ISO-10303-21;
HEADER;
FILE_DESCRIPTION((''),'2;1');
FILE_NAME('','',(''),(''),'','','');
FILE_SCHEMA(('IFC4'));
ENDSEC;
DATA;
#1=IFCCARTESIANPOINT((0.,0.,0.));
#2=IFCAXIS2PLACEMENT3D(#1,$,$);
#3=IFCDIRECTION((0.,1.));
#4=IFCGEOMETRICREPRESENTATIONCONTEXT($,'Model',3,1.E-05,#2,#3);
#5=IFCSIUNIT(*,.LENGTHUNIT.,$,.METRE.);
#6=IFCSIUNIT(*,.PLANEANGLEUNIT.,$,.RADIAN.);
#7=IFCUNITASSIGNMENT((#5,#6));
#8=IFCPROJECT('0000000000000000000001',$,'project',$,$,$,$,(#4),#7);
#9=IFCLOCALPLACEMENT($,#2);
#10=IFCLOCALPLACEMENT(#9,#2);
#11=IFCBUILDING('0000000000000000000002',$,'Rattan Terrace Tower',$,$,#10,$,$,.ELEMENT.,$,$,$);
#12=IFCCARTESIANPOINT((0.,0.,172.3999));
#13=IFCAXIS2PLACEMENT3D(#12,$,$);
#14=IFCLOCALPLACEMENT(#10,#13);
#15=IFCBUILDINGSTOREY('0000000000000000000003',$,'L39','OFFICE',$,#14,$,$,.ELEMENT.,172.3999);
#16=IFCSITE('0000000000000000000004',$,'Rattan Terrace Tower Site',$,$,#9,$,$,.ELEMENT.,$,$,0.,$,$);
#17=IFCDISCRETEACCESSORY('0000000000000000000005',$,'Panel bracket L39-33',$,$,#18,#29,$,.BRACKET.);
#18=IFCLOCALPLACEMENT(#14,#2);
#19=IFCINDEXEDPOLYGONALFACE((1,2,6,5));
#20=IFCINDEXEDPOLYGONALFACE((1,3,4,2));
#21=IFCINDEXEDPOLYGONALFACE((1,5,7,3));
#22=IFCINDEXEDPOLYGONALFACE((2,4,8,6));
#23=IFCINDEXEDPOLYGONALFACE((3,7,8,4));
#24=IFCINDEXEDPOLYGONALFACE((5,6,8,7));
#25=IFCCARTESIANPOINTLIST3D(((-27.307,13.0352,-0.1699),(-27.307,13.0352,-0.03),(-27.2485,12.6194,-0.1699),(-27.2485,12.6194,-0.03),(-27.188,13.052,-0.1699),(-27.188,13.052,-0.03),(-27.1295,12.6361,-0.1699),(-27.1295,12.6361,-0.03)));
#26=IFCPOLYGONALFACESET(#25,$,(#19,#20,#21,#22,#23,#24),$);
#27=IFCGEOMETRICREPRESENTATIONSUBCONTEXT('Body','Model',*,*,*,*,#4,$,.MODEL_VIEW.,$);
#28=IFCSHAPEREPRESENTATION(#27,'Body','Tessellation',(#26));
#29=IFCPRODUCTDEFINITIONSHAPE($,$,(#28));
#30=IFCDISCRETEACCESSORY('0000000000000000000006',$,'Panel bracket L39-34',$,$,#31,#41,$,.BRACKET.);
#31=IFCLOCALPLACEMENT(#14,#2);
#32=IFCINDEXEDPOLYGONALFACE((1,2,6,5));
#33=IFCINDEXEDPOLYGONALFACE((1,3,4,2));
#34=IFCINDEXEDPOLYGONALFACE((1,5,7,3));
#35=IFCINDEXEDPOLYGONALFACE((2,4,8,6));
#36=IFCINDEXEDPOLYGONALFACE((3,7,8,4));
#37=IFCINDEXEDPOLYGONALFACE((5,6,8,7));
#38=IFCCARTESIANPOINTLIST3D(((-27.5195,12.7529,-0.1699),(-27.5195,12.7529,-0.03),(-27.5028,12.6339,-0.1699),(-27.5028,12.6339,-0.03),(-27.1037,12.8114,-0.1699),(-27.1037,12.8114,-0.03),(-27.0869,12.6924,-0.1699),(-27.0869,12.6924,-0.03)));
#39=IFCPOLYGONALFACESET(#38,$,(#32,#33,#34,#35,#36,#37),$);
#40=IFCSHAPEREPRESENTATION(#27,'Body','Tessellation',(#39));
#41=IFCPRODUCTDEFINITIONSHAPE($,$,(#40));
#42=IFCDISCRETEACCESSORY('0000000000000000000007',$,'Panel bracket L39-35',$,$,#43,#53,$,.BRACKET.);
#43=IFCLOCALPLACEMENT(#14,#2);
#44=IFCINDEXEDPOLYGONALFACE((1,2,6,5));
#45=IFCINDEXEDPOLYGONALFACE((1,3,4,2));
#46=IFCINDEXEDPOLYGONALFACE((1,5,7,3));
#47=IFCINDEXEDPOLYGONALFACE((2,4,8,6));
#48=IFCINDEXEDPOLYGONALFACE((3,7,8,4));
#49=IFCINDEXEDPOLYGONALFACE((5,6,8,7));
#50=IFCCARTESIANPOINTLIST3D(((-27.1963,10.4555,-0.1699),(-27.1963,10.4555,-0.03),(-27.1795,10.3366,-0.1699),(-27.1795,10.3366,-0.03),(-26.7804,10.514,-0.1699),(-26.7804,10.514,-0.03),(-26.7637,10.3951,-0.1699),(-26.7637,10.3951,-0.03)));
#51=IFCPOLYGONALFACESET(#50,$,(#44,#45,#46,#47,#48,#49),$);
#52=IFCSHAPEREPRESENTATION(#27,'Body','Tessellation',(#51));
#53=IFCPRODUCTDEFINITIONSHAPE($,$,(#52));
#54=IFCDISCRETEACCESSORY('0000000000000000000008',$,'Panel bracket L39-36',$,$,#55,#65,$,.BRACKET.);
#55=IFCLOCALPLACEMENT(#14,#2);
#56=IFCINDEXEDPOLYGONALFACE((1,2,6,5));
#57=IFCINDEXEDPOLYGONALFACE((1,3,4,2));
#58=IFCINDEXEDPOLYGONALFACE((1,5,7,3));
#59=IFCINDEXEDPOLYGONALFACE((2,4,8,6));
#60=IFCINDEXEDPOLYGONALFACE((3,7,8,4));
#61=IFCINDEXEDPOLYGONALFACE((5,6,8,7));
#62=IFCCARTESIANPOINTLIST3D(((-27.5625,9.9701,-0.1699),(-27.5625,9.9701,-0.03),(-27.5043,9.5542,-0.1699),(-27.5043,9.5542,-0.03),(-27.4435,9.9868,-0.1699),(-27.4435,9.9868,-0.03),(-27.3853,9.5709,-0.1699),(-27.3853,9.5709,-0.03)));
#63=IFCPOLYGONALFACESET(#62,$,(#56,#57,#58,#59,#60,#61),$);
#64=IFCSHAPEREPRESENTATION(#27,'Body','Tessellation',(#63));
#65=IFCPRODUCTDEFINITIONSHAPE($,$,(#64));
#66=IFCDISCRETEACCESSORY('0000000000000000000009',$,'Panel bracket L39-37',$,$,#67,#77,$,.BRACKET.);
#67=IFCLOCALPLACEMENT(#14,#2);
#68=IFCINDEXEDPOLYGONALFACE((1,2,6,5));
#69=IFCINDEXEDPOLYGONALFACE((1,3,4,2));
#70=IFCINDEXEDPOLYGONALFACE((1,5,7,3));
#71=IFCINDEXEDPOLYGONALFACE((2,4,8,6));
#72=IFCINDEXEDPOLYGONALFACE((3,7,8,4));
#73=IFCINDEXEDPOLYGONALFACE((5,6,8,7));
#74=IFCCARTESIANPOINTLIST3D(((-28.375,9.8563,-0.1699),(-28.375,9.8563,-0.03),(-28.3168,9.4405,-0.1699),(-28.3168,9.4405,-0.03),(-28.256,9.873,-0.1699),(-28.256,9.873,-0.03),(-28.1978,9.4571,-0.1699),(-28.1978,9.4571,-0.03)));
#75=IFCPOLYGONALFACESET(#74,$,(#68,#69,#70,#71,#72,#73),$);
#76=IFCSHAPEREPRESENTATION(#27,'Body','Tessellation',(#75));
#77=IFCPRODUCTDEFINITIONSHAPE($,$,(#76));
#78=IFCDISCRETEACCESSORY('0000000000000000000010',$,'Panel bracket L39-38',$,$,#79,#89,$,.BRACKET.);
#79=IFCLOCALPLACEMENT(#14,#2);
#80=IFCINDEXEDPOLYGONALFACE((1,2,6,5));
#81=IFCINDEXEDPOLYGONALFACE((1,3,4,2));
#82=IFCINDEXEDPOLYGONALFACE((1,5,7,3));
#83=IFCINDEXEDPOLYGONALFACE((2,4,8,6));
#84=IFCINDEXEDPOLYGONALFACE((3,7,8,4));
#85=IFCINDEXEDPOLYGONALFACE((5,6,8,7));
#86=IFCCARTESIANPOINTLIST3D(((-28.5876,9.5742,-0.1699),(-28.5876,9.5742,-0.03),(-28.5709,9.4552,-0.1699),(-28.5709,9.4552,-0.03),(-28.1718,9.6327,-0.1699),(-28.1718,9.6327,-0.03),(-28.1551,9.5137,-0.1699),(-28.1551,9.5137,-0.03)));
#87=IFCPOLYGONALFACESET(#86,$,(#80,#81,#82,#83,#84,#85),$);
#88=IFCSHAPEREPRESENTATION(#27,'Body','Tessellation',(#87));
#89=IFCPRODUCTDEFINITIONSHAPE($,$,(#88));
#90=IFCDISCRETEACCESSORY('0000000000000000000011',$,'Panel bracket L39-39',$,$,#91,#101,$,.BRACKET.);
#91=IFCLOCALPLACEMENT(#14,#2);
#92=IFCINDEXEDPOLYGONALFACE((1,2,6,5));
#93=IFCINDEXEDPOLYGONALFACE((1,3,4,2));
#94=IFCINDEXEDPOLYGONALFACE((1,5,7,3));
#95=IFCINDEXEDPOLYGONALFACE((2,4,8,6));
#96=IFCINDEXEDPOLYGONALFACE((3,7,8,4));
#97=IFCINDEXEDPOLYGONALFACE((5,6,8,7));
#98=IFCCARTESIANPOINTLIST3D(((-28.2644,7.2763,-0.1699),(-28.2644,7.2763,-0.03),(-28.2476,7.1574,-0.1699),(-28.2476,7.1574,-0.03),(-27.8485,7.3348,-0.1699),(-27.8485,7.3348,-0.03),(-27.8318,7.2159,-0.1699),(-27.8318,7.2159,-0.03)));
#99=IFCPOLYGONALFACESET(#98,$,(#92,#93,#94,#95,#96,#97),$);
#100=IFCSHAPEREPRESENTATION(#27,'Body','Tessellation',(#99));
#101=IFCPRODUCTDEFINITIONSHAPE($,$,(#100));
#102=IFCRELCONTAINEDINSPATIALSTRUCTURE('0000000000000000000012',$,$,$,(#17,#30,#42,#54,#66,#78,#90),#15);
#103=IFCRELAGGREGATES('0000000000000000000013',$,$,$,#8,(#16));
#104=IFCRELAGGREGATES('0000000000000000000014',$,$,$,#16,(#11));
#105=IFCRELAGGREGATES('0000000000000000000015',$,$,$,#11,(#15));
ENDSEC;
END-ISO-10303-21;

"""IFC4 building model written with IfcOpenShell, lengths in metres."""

from ifc_helpers import new_model, si_unit, direction, frame, origin, origin_2d, place, context, subcontext, project, spatial, rectangle, extrude, element, save


model = new_model("IFC4")

# Units and contexts
model_context = context("Model", 3, precision=1e-05, world=origin(), true_north=direction((0.0, 1.0)))
body_context = subcontext(model_context, "Body", "Model", "MODEL_VIEW")
ifc_project = project(units=[si_unit("LENGTHUNIT", "METRE"), si_unit("PLANEANGLEUNIT", "RADIAN")], contexts=[model_context])

# Site, building, storey
site_placement = place(None, origin())
site = spatial("IfcSite", under=ifc_project, at=site_placement, Name="Rattan Terrace Tower Site", CompositionType="ELEMENT", RefElevation=0.0)
building_placement = place(site_placement, origin())
building = spatial("IfcBuilding", under=site, at=building_placement, Name="Rattan Terrace Tower", CompositionType="ELEMENT")
storey_placement = place(building_placement, frame((0.0, 0.0, 172.3999)))
storey = spatial("IfcBuildingStorey", under=building, at=storey_placement, Name="L39", Description="OFFICE", CompositionType="ELEMENT", Elevation=172.3999)

# Discrete accessories
for number, where, z_axis, x_axis, name in (
    (1, (-27.2183, 12.8357, -0.1699), (0.0, 0.0, 1.0), (-0.990247, -0.139321, 0.0), "Panel bracket L39-33"),
    (2, (-27.3032, 12.7227, -0.1699), (0.0, 0.0, 1.0), (0.139321, -0.990247, 0.0), "Panel bracket L39-34"),
    (3, (-26.98, 10.4253, -0.1699), (0.0, 0.0, 1.0), (0.139321, -0.990247, 0.0), "Panel bracket L39-35"),
    (4, (-27.4739, 9.7705, -0.1699), (0.0, 0.0, 1.0), (-0.990345, -0.138622, 0.0), "Panel bracket L39-36"),
    (5, (-28.2864, 9.6567, -0.1699), (0.0, 0.0, 1.0), (-0.990345, -0.138622, 0.0), "Panel bracket L39-37"),
    (6, (-28.3713, 9.5439, -0.1699), (0.0, 0.0, 1.0), (0.139321, -0.990247, 0.0), "Panel bracket L39-38"),
    (7, (-28.0481, 7.2461, -0.1699), (0.0, 0.0, 1.0), (0.139321, -0.990247, 0.0), "Panel bracket L39-39"),
):
    element("IfcDiscreteAccessory", number, at=place(storey_placement, frame(where, z_axis=z_axis, x_axis=x_axis)), inside=storey, Name=name, PredefinedType="BRACKET", context=body_context, shape_type="SweptSolid", body=[
        extrude(rectangle(XDim=0.1201, YDim=0.4199, at=origin_2d()), origin(), (0.0, 0.0, 1.0), 0.1399),
    ])

save(model, "model.ifc")
